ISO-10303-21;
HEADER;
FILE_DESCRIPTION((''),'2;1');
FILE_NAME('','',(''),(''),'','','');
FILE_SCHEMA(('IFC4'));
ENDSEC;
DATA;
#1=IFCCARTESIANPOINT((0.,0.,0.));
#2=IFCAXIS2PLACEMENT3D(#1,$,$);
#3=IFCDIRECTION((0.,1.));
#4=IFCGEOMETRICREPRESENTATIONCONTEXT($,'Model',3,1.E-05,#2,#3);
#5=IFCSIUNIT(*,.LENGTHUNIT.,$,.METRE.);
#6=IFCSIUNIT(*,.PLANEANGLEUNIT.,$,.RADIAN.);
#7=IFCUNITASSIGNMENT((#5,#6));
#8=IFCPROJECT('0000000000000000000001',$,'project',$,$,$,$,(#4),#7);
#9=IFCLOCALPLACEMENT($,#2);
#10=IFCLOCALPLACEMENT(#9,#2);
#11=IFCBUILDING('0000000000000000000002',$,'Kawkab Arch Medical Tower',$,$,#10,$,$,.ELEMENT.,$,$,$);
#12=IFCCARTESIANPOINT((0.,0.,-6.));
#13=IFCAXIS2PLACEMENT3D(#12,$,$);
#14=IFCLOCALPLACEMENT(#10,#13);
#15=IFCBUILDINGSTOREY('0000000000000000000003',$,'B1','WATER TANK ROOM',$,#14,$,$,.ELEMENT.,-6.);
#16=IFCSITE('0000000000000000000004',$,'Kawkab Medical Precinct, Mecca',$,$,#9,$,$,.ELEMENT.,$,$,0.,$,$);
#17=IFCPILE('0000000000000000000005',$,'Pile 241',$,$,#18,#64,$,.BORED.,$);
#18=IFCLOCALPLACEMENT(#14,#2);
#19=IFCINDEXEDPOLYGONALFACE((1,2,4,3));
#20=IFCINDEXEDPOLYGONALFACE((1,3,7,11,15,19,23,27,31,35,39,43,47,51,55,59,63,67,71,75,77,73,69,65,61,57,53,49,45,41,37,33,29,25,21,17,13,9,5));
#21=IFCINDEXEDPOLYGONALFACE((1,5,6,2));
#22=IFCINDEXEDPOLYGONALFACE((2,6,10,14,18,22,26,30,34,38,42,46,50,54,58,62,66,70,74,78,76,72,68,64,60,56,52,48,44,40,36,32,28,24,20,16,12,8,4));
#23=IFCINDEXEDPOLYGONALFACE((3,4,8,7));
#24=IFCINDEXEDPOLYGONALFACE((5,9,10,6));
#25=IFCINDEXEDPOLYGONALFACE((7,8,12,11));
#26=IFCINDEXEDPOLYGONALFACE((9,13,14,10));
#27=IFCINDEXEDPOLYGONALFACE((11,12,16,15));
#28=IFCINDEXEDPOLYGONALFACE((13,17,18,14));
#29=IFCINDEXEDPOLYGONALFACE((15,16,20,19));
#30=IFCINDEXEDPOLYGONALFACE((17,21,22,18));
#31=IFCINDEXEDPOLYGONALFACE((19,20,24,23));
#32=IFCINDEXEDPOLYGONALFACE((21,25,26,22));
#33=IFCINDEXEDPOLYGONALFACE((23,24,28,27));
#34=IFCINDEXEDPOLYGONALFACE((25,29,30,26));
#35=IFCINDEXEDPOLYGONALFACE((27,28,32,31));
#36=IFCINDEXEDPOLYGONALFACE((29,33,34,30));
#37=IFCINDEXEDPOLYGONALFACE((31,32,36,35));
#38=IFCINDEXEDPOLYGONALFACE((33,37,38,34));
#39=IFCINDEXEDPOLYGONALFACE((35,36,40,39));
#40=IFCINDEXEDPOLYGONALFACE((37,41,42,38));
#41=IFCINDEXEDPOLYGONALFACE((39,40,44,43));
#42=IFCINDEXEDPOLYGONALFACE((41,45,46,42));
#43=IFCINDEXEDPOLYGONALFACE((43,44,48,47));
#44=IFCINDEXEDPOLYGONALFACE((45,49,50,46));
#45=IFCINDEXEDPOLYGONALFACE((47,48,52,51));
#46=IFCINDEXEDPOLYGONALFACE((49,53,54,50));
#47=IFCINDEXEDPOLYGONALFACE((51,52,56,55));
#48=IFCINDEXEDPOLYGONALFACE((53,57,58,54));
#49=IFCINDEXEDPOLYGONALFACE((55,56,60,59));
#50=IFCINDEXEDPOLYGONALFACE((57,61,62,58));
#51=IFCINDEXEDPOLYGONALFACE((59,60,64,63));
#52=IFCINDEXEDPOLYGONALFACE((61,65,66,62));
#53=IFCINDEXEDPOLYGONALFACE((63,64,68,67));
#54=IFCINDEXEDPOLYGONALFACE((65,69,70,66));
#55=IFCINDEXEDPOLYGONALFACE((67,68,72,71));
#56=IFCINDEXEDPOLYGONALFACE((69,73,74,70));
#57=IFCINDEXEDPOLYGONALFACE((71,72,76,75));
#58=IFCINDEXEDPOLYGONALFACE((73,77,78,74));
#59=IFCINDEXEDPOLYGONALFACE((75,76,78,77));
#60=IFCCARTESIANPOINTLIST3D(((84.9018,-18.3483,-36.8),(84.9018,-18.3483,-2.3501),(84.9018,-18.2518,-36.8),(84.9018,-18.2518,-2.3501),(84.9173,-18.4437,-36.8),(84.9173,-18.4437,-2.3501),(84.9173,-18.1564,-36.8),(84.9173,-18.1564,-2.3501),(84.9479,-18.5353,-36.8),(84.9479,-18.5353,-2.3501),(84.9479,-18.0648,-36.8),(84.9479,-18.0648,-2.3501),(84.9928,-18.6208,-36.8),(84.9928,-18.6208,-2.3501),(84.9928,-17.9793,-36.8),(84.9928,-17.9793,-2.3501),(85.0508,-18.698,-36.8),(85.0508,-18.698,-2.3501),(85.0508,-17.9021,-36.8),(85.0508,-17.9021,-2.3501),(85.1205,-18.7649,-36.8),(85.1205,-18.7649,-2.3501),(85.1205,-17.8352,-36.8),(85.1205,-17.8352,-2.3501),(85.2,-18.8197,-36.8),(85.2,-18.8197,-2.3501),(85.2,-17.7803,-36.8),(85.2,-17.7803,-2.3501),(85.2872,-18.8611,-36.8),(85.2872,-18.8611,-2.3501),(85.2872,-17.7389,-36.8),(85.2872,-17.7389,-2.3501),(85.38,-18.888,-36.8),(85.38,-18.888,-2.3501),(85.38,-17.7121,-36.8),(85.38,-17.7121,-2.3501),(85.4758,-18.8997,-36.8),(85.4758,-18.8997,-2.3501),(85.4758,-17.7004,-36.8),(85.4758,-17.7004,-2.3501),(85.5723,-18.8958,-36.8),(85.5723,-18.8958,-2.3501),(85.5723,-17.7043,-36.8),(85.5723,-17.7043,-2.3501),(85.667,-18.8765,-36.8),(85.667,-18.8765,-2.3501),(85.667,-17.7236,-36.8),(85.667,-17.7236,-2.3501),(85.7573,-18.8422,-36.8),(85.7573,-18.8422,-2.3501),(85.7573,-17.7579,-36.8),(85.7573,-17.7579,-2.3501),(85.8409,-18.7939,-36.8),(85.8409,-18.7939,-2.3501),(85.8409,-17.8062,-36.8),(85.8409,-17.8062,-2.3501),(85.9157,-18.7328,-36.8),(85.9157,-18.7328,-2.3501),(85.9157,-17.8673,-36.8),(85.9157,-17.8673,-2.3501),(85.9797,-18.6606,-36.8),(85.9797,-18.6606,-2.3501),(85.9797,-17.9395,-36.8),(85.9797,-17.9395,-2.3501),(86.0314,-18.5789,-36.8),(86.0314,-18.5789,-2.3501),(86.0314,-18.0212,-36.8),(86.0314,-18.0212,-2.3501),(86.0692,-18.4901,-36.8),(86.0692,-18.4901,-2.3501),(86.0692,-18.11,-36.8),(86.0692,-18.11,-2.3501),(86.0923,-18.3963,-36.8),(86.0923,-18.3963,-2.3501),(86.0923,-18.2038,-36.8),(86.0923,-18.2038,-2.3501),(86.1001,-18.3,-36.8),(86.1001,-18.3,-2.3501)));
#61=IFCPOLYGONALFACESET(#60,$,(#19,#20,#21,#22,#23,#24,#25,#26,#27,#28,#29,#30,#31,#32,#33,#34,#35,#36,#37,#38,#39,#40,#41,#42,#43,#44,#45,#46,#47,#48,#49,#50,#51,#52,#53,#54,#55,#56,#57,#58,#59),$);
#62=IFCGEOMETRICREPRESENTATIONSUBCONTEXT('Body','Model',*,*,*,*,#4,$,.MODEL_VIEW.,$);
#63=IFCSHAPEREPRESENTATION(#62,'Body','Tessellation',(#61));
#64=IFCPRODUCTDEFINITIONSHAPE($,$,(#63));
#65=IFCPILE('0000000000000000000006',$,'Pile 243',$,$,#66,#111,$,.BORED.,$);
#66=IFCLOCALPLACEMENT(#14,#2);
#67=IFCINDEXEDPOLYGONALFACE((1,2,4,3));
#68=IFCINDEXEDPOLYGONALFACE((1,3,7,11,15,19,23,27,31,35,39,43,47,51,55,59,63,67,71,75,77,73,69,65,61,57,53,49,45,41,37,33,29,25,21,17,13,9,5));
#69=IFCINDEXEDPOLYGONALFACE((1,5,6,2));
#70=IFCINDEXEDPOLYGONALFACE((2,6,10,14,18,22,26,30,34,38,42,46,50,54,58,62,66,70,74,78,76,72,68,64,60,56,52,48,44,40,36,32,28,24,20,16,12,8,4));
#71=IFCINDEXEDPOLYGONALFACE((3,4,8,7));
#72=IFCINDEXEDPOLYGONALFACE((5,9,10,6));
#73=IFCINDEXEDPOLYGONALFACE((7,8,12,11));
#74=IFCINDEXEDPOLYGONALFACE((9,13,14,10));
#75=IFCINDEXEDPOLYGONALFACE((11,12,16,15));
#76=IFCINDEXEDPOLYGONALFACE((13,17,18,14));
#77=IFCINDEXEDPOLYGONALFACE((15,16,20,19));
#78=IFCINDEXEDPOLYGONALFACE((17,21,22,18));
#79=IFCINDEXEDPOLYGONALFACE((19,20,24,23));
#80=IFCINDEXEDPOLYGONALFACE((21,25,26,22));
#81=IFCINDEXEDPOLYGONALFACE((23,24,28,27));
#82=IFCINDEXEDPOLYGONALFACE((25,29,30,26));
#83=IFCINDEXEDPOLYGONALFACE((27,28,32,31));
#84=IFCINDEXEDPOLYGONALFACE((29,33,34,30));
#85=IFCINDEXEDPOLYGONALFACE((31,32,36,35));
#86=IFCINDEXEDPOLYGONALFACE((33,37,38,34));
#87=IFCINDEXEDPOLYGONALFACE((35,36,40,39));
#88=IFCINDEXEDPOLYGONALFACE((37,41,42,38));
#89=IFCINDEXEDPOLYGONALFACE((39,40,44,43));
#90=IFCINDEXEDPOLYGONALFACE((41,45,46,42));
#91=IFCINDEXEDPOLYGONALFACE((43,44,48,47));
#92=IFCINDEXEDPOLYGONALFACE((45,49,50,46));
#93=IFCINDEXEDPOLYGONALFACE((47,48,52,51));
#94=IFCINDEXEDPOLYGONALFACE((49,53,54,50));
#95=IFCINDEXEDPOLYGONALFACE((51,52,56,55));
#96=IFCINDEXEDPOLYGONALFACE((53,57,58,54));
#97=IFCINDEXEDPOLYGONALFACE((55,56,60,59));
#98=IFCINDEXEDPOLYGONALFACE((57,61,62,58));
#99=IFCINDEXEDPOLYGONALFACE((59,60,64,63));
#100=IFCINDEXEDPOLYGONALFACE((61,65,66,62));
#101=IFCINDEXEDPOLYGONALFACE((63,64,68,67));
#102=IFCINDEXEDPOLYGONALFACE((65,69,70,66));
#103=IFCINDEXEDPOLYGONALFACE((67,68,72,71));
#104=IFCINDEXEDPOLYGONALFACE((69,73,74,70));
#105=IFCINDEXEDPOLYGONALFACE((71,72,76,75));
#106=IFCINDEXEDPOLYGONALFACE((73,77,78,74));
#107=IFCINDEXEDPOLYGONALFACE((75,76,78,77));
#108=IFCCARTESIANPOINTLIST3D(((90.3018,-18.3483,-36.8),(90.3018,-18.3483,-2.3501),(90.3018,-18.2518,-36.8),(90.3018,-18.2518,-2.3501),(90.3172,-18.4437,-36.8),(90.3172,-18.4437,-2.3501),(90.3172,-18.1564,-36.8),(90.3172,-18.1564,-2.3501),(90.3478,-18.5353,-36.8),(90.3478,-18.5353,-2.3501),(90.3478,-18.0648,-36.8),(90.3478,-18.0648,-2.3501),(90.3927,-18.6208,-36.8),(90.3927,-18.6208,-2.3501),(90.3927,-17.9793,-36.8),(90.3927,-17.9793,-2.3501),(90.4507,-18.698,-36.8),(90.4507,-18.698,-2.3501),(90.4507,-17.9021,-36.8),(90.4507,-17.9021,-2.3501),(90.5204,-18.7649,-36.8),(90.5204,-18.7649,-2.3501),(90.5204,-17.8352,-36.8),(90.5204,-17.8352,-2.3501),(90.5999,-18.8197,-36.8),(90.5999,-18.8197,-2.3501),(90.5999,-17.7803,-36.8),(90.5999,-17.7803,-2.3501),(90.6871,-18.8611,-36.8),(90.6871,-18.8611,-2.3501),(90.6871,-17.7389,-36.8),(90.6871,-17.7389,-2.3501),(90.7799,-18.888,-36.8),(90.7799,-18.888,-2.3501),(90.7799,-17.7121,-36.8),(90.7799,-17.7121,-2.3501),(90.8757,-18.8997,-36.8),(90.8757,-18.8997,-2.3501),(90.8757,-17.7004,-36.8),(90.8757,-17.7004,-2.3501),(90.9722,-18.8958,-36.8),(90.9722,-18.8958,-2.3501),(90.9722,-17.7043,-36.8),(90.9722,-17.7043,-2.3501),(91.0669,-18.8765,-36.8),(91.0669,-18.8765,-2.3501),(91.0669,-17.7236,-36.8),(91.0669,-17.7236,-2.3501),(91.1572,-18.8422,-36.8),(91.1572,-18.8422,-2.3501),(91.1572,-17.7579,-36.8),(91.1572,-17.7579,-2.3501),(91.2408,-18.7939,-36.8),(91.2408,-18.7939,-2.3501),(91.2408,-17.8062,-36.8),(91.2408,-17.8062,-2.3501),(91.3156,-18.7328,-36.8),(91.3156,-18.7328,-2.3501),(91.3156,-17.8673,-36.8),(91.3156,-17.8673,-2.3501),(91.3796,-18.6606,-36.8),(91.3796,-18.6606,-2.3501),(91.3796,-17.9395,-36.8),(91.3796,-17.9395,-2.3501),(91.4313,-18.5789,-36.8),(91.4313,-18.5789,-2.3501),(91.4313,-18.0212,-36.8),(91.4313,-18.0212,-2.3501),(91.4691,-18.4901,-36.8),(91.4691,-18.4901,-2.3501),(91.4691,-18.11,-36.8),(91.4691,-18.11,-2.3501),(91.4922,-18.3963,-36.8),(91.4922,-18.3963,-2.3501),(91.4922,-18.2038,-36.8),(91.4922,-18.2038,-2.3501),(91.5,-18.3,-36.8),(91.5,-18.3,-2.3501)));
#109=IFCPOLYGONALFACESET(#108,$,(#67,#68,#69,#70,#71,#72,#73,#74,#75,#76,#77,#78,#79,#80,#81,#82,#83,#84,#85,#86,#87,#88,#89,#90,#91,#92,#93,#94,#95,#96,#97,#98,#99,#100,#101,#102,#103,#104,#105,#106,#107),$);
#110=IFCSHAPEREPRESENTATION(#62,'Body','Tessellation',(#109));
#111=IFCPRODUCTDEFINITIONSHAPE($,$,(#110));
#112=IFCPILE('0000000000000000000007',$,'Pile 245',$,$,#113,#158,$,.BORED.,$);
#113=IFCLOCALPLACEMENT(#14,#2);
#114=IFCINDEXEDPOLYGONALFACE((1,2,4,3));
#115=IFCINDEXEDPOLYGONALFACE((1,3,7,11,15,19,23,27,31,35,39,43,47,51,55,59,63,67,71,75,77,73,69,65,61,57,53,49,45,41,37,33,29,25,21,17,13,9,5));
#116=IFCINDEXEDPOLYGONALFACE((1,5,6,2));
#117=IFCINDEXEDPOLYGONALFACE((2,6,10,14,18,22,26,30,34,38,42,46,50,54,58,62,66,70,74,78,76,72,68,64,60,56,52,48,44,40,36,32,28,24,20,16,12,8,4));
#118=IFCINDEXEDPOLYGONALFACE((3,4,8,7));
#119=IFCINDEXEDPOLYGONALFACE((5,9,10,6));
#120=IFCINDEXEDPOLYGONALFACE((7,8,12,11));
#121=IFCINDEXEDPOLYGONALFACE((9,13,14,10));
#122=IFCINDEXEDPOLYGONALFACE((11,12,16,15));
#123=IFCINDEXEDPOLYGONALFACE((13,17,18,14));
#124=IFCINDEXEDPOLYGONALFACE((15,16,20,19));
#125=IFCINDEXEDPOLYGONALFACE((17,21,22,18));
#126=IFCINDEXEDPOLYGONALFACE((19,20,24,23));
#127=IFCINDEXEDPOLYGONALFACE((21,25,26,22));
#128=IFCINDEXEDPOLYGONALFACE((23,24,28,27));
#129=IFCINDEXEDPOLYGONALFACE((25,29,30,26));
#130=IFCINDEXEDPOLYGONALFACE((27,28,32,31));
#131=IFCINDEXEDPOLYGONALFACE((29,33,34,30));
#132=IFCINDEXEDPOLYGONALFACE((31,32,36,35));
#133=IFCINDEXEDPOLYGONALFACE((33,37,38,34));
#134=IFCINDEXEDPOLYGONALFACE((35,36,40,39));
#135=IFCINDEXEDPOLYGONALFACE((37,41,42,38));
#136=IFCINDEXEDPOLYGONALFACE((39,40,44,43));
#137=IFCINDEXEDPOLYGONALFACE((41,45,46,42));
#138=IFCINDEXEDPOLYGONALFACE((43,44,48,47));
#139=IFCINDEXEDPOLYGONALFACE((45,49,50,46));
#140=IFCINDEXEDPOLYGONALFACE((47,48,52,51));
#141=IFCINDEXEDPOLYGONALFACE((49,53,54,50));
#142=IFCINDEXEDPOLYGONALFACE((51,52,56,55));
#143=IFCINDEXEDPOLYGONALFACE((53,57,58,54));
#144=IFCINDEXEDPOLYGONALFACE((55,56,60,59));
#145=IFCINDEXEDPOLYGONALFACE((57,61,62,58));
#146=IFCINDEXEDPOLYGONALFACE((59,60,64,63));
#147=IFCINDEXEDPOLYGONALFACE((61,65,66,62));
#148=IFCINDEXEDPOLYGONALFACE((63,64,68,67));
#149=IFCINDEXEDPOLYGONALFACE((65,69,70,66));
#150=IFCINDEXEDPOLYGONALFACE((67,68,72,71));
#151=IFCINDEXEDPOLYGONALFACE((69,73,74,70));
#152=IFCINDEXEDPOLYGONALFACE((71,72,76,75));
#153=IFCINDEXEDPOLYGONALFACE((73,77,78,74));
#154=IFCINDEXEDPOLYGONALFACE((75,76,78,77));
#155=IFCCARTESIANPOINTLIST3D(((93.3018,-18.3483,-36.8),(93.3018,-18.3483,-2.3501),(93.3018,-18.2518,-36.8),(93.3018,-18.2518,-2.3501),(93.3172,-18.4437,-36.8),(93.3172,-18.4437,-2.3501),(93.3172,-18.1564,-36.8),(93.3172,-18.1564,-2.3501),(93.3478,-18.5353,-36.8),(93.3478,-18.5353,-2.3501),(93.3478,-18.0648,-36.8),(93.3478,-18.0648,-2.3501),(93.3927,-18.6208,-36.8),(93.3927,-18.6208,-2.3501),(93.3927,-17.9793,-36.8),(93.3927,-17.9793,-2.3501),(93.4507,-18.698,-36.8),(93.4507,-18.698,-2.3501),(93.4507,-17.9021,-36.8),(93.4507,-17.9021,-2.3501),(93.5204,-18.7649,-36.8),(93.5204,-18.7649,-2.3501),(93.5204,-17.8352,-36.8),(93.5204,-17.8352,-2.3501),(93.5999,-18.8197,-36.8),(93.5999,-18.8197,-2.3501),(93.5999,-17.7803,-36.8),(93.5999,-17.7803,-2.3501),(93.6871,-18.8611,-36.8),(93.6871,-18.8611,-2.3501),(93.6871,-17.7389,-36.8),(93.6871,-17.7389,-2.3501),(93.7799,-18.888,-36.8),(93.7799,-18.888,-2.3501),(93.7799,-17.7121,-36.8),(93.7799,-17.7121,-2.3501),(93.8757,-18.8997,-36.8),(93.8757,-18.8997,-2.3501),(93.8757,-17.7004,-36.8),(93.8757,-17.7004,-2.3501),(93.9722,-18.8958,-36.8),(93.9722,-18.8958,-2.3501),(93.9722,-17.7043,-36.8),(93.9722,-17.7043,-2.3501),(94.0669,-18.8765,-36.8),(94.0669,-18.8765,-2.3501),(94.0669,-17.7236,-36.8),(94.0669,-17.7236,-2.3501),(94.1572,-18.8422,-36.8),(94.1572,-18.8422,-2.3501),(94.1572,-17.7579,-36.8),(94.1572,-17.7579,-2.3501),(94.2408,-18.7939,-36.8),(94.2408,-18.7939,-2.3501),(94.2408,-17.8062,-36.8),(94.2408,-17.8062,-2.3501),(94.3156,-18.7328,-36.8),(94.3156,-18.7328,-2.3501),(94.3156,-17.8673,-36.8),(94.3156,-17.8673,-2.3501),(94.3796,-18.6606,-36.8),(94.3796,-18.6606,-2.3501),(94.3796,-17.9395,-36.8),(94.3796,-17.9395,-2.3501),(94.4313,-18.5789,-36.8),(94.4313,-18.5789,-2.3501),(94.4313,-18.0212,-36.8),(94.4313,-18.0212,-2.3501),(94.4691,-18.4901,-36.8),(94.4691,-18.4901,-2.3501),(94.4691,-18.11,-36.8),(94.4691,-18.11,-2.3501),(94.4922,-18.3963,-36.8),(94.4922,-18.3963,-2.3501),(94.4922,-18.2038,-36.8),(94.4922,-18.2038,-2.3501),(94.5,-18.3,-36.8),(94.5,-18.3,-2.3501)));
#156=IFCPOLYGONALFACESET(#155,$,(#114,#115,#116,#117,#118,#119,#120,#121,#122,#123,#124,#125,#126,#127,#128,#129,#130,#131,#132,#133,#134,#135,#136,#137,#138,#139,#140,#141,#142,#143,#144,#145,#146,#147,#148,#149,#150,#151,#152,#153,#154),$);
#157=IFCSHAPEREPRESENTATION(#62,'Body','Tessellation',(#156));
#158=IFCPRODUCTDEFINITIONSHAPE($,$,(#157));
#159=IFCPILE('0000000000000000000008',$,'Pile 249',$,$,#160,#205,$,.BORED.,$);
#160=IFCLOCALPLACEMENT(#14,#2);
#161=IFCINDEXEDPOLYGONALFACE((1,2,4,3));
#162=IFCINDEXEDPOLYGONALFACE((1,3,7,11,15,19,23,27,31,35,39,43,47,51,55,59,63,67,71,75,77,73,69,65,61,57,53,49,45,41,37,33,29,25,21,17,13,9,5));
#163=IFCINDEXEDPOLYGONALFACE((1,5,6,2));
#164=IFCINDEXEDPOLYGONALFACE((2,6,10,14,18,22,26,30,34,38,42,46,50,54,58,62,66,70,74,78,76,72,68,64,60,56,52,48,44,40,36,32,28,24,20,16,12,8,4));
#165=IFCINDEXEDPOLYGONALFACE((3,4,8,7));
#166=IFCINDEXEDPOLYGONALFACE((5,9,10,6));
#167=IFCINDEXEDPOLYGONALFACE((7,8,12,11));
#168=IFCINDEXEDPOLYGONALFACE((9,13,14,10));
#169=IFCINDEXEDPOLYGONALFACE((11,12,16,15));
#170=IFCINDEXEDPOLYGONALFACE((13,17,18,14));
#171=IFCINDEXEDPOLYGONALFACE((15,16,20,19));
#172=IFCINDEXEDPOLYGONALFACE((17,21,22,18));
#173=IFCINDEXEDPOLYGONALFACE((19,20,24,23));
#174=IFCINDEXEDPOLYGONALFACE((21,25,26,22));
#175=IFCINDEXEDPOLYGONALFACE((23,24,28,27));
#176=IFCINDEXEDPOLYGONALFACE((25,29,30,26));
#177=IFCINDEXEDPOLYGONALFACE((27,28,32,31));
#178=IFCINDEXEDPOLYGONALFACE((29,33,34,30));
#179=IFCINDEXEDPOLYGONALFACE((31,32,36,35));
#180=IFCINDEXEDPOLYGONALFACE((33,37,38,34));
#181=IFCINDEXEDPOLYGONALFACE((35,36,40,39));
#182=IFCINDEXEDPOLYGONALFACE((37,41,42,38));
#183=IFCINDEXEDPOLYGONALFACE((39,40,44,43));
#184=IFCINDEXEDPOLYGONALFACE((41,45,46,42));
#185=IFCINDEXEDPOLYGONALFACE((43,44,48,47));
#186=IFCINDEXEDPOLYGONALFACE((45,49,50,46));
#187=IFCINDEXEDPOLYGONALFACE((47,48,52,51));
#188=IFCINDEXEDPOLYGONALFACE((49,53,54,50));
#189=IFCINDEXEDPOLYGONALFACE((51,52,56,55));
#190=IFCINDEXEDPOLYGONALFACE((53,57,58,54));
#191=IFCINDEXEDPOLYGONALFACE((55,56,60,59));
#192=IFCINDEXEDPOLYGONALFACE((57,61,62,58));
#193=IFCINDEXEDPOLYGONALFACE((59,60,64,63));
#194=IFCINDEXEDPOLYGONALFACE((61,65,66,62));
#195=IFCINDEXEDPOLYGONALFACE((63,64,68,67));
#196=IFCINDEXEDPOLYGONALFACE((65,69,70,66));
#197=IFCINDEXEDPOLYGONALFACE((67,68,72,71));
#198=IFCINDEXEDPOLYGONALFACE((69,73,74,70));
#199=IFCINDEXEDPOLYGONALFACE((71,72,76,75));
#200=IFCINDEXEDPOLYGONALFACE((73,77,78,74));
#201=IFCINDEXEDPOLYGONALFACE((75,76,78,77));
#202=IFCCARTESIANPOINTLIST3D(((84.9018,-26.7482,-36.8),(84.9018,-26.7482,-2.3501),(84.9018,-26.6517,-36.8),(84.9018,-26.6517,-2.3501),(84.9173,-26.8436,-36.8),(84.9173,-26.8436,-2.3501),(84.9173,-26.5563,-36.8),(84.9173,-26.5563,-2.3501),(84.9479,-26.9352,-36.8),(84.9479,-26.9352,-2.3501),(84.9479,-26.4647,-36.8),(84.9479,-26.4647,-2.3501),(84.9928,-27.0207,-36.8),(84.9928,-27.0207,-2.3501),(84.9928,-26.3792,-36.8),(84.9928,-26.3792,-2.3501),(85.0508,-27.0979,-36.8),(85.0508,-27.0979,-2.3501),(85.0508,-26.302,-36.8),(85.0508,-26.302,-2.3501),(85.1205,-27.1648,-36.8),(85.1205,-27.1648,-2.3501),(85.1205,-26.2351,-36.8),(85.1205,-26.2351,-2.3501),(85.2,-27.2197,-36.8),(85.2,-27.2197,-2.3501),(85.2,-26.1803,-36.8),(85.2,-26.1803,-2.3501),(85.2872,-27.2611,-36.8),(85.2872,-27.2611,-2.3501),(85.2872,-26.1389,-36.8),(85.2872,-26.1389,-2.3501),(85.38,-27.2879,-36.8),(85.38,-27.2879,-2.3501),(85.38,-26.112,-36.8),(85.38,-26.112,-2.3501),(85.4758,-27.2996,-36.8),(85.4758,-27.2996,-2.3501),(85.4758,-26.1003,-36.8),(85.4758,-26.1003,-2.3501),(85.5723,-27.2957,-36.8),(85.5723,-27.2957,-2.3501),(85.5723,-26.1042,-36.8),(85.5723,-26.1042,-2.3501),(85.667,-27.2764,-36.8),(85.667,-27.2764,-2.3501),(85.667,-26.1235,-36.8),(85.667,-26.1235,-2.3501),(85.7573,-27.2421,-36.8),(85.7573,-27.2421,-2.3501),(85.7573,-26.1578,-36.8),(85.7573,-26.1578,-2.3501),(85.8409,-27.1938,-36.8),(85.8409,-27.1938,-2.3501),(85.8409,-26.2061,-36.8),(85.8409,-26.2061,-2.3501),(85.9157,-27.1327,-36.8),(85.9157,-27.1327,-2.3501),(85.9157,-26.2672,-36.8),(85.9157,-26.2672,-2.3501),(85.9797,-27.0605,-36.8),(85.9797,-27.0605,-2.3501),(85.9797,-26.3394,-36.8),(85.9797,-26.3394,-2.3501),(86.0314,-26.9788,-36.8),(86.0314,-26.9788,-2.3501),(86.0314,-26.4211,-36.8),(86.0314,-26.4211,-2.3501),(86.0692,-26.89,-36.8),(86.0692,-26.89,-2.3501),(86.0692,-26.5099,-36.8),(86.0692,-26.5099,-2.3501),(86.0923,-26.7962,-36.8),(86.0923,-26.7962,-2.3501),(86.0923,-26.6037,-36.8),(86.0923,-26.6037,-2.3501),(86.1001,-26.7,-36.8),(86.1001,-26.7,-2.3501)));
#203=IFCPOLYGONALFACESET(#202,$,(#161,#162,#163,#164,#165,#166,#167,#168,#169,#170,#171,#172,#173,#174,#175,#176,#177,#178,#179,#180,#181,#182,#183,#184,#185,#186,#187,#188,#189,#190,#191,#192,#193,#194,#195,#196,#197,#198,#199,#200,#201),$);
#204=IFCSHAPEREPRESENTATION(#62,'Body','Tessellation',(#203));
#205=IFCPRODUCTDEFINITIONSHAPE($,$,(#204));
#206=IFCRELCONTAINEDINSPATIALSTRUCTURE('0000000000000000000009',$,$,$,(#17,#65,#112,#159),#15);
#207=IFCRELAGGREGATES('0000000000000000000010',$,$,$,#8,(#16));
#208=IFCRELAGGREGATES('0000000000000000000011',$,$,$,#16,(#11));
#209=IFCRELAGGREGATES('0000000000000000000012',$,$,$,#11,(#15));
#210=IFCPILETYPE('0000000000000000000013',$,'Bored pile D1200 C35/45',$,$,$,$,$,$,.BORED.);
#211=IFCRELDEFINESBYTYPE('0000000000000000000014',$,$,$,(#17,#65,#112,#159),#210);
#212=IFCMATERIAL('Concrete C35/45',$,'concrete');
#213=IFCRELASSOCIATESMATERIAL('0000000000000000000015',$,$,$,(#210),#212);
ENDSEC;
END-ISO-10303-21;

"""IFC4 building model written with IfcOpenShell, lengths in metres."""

from ifc_helpers import new_model, si_unit, direction, frame, origin, origin_2d, place, context, subcontext, project, spatial, circle, extrude, material, material_profile, profile_set, type_object, element, save


model = new_model("IFC4")

# Units and contexts
model_context = context("Model", 3, precision=1e-05, world=origin(), true_north=direction((0.0, 1.0)))
body_context = subcontext(model_context, "Body", "Model", "MODEL_VIEW")
ifc_project = project(units=[si_unit("LENGTHUNIT", "METRE"), si_unit("PLANEANGLEUNIT", "RADIAN")], contexts=[model_context])

# Site, building, storey
site_placement = place(None, origin())
site = spatial("IfcSite", under=ifc_project, at=site_placement, Name="Kawkab Medical Precinct, Mecca", CompositionType="ELEMENT", RefElevation=0.0)
building_placement = place(site_placement, origin())
building = spatial("IfcBuilding", under=site, at=building_placement, Name="Kawkab Arch Medical Tower", CompositionType="ELEMENT")
storey_placement = place(building_placement, frame((0.0, 0.0, -6.0)))
storey = spatial("IfcBuildingStorey", under=building, at=storey_placement, Name="B1", Description="WATER TANK ROOM", CompositionType="ELEMENT", Elevation=-6.0)

# Piles
ifc_material_1 = material(Name="Concrete C35/45", Category="concrete")
ifc_material_profile_1 = material_profile(ifc_material_1, circle(Radius=0.6001, at=origin_2d()), Name="Bored pile D1200")
ifc_profile_set_1 = profile_set([ifc_material_profile_1], Name="Concrete C35/45")
pile_type_1 = type_object("IfcPileType", Name="Bored pile D1200 C35/45", PredefinedType="BORED", material=ifc_profile_set_1)
for number, where, z_axis, x_axis, name in (
    (1, (85.5, -18.3, -2.3501), (0.0, 0.0, -1.0), (1.0, 0.0, 0.0), "Pile 241"),
    (2, (90.8999, -18.3, -2.3501), (0.0, 0.0, -1.0), (1.0, 0.0, 0.0), "Pile 243"),
    (3, (93.8999, -18.3, -2.3501), (0.0, 0.0, -1.0), (1.0, 0.0, 0.0), "Pile 245"),
    (4, (85.5, -26.7, -2.3501), (0.0, 0.0, -1.0), (1.0, 0.0, 0.0), "Pile 249"),
):
    element("IfcPile", number, at=place(storey_placement, frame(where, z_axis=z_axis, x_axis=x_axis)), inside=storey, type_object=pile_type_1, Name=name, PredefinedType="BORED", context=body_context, shape_type="SweptSolid", body=[
        extrude(circle(Radius=0.6001, at=origin_2d()), origin(), (0.0, 0.0, 1.0), 34.45),
    ])

save(model, "model.ifc")
